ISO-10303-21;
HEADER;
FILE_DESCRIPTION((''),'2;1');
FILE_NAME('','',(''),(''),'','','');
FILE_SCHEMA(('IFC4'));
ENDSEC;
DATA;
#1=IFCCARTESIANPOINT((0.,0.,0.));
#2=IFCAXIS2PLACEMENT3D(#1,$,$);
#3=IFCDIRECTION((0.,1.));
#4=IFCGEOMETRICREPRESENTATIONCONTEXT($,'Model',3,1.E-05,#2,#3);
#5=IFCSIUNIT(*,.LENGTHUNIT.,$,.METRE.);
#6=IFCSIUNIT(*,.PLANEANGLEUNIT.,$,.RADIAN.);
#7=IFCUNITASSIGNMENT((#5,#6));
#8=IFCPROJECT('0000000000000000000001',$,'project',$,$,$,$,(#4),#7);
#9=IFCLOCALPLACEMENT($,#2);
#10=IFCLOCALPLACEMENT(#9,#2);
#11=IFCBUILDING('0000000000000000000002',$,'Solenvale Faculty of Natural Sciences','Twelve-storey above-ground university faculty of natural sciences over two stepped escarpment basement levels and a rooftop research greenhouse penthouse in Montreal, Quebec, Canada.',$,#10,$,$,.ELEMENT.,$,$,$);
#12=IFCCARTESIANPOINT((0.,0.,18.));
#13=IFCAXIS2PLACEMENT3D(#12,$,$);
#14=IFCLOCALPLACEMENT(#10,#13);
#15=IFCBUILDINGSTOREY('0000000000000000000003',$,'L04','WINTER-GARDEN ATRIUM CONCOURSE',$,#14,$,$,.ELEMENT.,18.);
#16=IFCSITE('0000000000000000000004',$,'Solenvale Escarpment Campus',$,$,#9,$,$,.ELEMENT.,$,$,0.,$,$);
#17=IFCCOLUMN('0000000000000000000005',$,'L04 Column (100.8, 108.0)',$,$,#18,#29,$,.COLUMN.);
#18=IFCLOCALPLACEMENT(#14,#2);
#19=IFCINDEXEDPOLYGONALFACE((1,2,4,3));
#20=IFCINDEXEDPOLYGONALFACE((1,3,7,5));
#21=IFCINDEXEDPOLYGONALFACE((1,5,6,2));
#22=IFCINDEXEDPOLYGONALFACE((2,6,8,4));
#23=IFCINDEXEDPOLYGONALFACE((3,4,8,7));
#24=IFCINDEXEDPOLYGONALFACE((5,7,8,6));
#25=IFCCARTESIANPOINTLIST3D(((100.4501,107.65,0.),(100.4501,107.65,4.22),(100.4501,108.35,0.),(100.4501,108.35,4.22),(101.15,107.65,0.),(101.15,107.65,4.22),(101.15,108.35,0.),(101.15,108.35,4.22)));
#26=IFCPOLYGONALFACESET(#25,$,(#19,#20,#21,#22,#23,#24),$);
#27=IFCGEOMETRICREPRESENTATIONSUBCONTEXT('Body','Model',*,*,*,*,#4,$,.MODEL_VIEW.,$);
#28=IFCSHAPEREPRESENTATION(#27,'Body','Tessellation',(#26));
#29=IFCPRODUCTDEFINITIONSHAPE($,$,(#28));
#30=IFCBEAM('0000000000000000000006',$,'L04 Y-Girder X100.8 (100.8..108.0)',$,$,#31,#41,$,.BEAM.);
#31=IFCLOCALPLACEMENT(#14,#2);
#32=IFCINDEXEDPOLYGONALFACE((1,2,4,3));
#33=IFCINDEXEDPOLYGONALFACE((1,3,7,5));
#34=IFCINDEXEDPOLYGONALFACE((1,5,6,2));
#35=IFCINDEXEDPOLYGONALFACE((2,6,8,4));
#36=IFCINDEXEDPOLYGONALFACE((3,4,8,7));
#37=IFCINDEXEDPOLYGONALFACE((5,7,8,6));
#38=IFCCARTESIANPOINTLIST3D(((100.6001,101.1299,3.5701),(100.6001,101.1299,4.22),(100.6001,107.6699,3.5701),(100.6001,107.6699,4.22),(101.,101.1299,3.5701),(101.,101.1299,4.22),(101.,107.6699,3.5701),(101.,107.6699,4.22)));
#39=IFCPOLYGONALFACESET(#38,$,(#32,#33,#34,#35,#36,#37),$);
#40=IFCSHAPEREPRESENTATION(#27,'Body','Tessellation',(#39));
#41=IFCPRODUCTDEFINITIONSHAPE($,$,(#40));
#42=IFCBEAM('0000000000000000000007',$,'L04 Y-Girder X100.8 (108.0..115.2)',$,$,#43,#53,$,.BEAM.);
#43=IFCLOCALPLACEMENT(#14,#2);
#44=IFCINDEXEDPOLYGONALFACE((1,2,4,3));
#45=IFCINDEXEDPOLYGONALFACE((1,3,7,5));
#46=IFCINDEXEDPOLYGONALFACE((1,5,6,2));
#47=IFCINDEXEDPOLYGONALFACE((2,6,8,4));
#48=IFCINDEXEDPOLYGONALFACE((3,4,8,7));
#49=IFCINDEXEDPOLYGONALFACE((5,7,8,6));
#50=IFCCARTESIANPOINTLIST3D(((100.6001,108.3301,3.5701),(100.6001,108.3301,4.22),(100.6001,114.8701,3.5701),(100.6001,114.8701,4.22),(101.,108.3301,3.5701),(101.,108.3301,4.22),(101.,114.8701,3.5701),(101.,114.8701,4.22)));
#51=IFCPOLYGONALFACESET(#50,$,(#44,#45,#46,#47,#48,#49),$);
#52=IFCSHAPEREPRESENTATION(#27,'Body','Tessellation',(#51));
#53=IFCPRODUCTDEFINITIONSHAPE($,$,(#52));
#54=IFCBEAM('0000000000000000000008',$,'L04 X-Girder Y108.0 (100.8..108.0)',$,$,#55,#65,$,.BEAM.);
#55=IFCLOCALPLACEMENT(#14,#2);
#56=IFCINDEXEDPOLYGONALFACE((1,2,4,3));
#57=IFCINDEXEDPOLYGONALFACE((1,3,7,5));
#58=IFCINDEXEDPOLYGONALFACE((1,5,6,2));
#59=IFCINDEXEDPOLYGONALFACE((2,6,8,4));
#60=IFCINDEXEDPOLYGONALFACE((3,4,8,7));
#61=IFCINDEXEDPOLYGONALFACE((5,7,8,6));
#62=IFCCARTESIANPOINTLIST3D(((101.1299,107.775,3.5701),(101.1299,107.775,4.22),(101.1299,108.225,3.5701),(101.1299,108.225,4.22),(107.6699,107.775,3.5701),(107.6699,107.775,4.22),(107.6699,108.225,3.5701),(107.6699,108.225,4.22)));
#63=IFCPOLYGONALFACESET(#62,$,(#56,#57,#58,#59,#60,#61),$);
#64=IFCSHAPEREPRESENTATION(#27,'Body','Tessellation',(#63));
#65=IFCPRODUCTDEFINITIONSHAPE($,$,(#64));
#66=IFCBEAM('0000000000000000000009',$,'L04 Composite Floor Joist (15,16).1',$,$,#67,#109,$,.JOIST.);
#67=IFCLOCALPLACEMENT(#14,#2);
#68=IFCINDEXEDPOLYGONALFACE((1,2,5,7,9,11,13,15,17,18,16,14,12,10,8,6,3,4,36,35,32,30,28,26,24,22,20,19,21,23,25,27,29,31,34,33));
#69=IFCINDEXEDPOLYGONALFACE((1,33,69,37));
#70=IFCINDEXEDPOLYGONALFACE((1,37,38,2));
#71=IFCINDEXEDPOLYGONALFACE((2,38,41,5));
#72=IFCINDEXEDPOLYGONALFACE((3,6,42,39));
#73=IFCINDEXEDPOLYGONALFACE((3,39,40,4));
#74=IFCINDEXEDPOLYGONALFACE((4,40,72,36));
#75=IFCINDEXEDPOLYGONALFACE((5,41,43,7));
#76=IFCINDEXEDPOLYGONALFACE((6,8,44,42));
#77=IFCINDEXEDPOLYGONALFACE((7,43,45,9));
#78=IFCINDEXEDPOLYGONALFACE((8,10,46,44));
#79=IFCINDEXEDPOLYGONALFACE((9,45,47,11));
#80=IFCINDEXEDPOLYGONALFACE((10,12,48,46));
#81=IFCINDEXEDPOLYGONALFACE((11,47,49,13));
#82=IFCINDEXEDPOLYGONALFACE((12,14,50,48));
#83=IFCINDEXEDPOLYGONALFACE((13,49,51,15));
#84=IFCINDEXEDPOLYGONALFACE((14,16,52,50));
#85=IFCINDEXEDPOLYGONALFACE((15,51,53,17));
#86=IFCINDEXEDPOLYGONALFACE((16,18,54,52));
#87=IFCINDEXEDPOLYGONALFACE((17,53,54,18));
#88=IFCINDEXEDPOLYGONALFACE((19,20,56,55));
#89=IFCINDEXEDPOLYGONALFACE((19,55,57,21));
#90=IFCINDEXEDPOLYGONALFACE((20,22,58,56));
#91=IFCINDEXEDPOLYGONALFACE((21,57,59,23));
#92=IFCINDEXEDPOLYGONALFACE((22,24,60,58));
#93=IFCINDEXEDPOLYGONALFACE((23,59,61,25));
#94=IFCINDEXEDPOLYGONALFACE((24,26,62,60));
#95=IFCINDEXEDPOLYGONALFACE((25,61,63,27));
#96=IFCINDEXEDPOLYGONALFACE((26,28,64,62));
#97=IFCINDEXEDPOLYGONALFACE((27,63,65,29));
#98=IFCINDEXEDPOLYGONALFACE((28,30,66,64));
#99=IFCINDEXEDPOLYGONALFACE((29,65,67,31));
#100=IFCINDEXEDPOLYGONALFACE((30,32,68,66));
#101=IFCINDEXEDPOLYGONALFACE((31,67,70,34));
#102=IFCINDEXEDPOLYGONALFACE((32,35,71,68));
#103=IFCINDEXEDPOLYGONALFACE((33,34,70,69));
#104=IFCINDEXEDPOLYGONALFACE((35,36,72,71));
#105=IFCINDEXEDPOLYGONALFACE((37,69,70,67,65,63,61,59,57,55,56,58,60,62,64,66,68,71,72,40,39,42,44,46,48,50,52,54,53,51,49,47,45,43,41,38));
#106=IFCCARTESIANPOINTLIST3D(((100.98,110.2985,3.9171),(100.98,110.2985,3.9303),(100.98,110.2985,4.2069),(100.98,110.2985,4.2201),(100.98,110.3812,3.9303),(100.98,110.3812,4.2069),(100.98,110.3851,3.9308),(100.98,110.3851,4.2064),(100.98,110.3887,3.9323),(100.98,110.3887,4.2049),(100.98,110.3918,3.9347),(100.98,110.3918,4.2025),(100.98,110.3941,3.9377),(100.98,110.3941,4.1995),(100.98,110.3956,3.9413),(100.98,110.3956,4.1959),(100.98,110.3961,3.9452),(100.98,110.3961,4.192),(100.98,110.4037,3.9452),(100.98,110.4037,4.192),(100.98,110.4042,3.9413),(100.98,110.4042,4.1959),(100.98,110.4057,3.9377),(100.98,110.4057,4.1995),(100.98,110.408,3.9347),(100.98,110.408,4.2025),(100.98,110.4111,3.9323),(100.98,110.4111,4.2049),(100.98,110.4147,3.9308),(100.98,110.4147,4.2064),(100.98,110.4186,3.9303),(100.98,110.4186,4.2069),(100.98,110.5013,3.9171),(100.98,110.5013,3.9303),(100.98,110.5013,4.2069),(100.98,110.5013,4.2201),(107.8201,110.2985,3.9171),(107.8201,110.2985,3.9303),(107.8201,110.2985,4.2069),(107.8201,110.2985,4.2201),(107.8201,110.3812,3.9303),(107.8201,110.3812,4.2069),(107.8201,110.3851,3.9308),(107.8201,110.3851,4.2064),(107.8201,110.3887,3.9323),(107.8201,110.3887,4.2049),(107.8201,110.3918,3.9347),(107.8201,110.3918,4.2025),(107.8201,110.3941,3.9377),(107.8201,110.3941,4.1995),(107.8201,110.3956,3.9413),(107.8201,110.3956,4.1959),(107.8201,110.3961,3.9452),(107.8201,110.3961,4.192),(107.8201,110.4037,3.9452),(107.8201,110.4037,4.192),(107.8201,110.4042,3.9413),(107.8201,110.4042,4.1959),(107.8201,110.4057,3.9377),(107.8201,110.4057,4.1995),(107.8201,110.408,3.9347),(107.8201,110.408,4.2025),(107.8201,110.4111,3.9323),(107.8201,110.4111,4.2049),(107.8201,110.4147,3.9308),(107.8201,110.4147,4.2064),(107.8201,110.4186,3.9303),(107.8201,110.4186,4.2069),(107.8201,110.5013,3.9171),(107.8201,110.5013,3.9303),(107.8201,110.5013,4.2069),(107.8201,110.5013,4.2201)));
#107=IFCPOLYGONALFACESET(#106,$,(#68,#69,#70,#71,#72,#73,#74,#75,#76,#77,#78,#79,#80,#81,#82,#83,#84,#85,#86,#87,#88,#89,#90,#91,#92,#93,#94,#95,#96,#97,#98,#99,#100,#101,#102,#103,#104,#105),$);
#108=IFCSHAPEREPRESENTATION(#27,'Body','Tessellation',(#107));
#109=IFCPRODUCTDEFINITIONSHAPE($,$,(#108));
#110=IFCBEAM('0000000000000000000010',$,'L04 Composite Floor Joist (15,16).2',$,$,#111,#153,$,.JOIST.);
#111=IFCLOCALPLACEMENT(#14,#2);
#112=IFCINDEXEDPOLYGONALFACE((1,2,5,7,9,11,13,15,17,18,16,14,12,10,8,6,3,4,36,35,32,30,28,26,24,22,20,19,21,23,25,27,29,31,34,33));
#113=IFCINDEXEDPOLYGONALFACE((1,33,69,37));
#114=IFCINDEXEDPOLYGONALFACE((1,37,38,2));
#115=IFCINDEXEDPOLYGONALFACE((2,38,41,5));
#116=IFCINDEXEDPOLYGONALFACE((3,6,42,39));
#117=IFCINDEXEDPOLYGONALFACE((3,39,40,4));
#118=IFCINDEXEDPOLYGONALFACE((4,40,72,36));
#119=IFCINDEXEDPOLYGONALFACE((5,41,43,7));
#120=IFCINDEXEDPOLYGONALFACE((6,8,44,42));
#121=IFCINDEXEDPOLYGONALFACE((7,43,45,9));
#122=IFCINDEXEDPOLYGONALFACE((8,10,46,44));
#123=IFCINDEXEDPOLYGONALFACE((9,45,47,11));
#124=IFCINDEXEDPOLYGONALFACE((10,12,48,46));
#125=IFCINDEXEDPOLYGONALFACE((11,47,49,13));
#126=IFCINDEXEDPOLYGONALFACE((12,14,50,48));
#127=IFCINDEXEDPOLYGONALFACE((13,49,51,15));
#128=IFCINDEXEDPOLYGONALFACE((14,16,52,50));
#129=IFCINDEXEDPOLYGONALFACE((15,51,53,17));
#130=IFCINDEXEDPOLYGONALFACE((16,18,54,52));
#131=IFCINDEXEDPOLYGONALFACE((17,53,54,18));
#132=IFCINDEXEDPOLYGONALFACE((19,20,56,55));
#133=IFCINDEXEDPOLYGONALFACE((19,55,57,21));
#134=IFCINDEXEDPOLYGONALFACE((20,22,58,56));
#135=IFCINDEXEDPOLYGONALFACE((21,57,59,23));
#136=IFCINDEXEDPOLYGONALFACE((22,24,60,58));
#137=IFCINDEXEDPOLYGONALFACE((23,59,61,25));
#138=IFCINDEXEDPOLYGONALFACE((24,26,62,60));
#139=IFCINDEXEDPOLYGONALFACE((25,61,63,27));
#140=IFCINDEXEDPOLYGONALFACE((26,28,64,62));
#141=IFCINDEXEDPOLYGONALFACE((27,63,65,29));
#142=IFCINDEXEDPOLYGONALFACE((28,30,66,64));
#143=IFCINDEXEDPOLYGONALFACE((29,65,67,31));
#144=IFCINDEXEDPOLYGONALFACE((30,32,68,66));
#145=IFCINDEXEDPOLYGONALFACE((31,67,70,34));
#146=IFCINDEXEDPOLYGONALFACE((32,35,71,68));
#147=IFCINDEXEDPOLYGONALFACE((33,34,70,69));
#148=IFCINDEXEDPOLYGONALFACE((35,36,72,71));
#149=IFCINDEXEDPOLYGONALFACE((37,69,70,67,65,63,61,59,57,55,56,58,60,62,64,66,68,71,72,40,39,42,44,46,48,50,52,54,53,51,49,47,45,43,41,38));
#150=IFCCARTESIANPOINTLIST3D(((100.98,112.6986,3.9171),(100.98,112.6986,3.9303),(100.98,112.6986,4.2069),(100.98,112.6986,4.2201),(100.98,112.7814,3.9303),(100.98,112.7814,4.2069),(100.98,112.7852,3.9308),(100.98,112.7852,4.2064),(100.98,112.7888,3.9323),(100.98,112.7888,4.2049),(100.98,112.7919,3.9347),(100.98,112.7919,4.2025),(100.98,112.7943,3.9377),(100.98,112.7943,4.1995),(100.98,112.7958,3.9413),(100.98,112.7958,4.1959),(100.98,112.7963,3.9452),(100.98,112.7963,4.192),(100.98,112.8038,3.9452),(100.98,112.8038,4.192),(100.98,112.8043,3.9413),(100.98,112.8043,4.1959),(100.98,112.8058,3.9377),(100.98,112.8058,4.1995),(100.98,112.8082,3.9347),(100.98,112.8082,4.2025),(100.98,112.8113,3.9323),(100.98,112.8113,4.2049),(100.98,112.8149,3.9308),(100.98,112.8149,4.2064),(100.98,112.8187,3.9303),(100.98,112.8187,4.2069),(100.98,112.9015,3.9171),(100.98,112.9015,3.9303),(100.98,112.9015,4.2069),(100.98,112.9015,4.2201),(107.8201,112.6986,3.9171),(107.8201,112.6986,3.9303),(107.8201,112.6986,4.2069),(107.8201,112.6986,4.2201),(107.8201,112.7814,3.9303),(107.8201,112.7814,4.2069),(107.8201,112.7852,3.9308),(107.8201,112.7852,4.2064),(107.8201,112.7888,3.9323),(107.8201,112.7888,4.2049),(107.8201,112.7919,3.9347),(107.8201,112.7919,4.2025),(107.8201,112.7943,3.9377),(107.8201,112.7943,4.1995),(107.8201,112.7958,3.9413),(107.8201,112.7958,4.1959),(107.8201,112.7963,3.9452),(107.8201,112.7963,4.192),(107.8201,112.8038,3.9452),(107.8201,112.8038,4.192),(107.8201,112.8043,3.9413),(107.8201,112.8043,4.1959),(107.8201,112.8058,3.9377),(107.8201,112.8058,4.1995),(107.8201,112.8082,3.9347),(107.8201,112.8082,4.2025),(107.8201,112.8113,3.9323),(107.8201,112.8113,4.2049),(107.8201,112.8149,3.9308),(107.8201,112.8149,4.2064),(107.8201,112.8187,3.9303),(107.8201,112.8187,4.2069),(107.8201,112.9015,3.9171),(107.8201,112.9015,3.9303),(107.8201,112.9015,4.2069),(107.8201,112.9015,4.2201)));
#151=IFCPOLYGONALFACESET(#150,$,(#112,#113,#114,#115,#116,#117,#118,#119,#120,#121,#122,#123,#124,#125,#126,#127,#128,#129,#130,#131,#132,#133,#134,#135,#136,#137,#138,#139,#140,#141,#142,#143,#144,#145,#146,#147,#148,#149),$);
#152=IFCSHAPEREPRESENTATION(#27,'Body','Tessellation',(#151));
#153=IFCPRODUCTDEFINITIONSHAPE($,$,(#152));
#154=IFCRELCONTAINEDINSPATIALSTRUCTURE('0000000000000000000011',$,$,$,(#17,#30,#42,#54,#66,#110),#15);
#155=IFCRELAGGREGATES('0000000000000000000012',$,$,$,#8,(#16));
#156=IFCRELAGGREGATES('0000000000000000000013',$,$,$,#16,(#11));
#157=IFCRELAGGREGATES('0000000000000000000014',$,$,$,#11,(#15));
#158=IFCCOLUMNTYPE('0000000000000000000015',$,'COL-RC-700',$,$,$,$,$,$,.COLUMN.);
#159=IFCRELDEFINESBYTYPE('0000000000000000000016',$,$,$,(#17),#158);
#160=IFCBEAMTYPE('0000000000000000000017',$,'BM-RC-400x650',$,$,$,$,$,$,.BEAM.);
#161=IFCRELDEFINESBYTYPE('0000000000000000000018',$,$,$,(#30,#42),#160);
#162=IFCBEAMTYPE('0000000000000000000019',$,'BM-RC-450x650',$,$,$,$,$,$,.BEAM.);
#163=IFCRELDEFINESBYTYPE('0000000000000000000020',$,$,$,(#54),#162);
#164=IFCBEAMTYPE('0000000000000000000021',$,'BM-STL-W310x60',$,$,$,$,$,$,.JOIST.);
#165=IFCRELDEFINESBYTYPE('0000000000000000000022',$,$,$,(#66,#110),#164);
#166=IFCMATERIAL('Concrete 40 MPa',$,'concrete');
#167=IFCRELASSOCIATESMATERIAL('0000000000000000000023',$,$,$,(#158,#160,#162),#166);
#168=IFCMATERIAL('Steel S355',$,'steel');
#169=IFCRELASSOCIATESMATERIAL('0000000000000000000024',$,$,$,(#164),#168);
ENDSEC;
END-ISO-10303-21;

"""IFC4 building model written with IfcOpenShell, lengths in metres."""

from ifc_helpers import new_model, si_unit, direction, frame, origin, origin_2d, place, context, subcontext, project, spatial, rectangle, i_section, extrude, material, material_profile, profile_set, type_object, element, save


model = new_model("IFC4")

# Units and contexts
model_context = context("Model", 3, precision=1e-05, world=origin(), true_north=direction((0.0, 1.0)))
body_context = subcontext(model_context, "Body", "Model", "MODEL_VIEW")
ifc_project = project(units=[si_unit("LENGTHUNIT", "METRE"), si_unit("PLANEANGLEUNIT", "RADIAN")], contexts=[model_context])

# Site, building, storey
site_placement = place(None, origin())
site = spatial("IfcSite", under=ifc_project, at=site_placement, Name="Solenvale Escarpment Campus", CompositionType="ELEMENT", RefElevation=0.0)
building_placement = place(site_placement, origin())
building = spatial("IfcBuilding", under=site, at=building_placement, Name="Solenvale Faculty of Natural Sciences", Description="Twelve-storey above-ground university faculty of natural sciences over two stepped escarpment basement levels and a rooftop research greenhouse penthouse in Montreal, Quebec, Canada.", CompositionType="ELEMENT")
storey_placement = place(building_placement, frame((0.0, 0.0, 18.0)))
storey = spatial("IfcBuildingStorey", under=building, at=storey_placement, Name="L04", Description="WINTER-GARDEN ATRIUM CONCOURSE", CompositionType="ELEMENT", Elevation=18.0)

# Column
ifc_material_1 = material(Name="Concrete 40 MPa", Category="concrete")
ifc_material_profile_1 = material_profile(ifc_material_1, rectangle(XDim=0.7, YDim=0.7, at=origin_2d()), Name="RC-COL-700x700")
ifc_profile_set_1 = profile_set([ifc_material_profile_1], Name="Concrete 40 MPa")
column_type = type_object("IfcColumnType", Name="COL-RC-700", PredefinedType="COLUMN", material=ifc_profile_set_1)
column_placement = place(storey_placement, frame((100.8, 108.0, 0.0), z_axis=(0.0, 0.0, 1.0), x_axis=(1.0, 0.0, 0.0)))
element("IfcColumn", 1, at=column_placement, inside=storey, type_object=column_type, Name="L04 Column (100.8, 108.0)", PredefinedType="COLUMN", context=body_context, shape_type="SweptSolid", body=[
    extrude(rectangle(XDim=0.7, YDim=0.7, at=origin_2d()), origin(), (0.0, 0.0, 1.0), 4.22),
])

# Beams
ifc_material_profile_2 = material_profile(ifc_material_1, rectangle(XDim=0.3999, YDim=0.6499, at=origin_2d()), Name="RC-BM-400x650")
ifc_profile_set_2 = profile_set([ifc_material_profile_2], Name="Concrete 40 MPa")
beam_type_1 = type_object("IfcBeamType", Name="BM-RC-400x650", PredefinedType="BEAM", material=ifc_profile_set_2)
for number, where, z_axis, x_axis, name in (
    (2, (100.8, 101.1299, 3.895), (0.0, 1.0, 0.0), (-1.0, 0.0, 0.0), "L04 Y-Girder X100.8 (100.8..108.0)"),
    (3, (100.8, 108.3301, 3.895), (0.0, 1.0, 0.0), (-1.0, 0.0, 0.0), "L04 Y-Girder X100.8 (108.0..115.2)"),
):
    element("IfcBeam", number, at=place(storey_placement, frame(where, z_axis=z_axis, x_axis=x_axis)), inside=storey, type_object=beam_type_1, Name=name, PredefinedType="BEAM", context=body_context, shape_type="SweptSolid", body=[
        extrude(rectangle(XDim=0.3999, YDim=0.6499, at=origin_2d()), origin(), (0.0, 0.0, 1.0), 6.54),
    ])
ifc_material_profile_3 = material_profile(ifc_material_1, rectangle(XDim=0.45, YDim=0.6499, at=origin_2d()), Name="RC-BM-450x650")
ifc_profile_set_3 = profile_set([ifc_material_profile_3], Name="Concrete 40 MPa")
beam_type_2 = type_object("IfcBeamType", Name="BM-RC-450x650", PredefinedType="BEAM", material=ifc_profile_set_3)
beam_placement = place(storey_placement, frame((101.1299, 108.0, 3.895), z_axis=(1.0, 0.0, 0.0), x_axis=(0.0, 1.0, 0.0)))
element("IfcBeam", 4, at=beam_placement, inside=storey, type_object=beam_type_2, Name="L04 X-Girder Y108.0 (100.8..108.0)", PredefinedType="BEAM", context=body_context, shape_type="SweptSolid", body=[
    extrude(rectangle(XDim=0.45, YDim=0.6499, at=origin_2d()), origin(), (0.0, 0.0, 1.0), 6.54),
])
ifc_material_2 = material(Name="Steel S355", Category="steel")
ifc_material_profile_4 = material_profile(ifc_material_2, i_section(OverallWidth=0.2029, OverallDepth=0.303, WebThickness=0.0076, FlangeThickness=0.0132, FilletRadius=0.0149, at=origin_2d()), Name="W310x60")
ifc_profile_set_4 = profile_set([ifc_material_profile_4], Name="Steel S355")
beam_type_3 = type_object("IfcBeamType", Name="BM-STL-W310x60", PredefinedType="JOIST", material=ifc_profile_set_4)
for number, where, z_axis, x_axis, name in (
    (5, (100.98, 110.3999, 4.0686), (1.0, 0.0, 0.0), (0.0, 1.0, 0.0), "L04 Composite Floor Joist (15,16).1"),
    (6, (100.98, 112.8, 4.0686), (1.0, 0.0, 0.0), (0.0, 1.0, 0.0), "L04 Composite Floor Joist (15,16).2"),
):
    element("IfcBeam", number, at=place(storey_placement, frame(where, z_axis=z_axis, x_axis=x_axis)), inside=storey, type_object=beam_type_3, Name=name, PredefinedType="JOIST", context=body_context, shape_type="SweptSolid", body=[
        extrude(i_section(OverallWidth=0.2029, OverallDepth=0.303, WebThickness=0.0076, FlangeThickness=0.0132, FilletRadius=0.0149, at=origin_2d()), origin(), (0.0, 0.0, 1.0), 6.8401),
    ])

save(model, "model.ifc")
